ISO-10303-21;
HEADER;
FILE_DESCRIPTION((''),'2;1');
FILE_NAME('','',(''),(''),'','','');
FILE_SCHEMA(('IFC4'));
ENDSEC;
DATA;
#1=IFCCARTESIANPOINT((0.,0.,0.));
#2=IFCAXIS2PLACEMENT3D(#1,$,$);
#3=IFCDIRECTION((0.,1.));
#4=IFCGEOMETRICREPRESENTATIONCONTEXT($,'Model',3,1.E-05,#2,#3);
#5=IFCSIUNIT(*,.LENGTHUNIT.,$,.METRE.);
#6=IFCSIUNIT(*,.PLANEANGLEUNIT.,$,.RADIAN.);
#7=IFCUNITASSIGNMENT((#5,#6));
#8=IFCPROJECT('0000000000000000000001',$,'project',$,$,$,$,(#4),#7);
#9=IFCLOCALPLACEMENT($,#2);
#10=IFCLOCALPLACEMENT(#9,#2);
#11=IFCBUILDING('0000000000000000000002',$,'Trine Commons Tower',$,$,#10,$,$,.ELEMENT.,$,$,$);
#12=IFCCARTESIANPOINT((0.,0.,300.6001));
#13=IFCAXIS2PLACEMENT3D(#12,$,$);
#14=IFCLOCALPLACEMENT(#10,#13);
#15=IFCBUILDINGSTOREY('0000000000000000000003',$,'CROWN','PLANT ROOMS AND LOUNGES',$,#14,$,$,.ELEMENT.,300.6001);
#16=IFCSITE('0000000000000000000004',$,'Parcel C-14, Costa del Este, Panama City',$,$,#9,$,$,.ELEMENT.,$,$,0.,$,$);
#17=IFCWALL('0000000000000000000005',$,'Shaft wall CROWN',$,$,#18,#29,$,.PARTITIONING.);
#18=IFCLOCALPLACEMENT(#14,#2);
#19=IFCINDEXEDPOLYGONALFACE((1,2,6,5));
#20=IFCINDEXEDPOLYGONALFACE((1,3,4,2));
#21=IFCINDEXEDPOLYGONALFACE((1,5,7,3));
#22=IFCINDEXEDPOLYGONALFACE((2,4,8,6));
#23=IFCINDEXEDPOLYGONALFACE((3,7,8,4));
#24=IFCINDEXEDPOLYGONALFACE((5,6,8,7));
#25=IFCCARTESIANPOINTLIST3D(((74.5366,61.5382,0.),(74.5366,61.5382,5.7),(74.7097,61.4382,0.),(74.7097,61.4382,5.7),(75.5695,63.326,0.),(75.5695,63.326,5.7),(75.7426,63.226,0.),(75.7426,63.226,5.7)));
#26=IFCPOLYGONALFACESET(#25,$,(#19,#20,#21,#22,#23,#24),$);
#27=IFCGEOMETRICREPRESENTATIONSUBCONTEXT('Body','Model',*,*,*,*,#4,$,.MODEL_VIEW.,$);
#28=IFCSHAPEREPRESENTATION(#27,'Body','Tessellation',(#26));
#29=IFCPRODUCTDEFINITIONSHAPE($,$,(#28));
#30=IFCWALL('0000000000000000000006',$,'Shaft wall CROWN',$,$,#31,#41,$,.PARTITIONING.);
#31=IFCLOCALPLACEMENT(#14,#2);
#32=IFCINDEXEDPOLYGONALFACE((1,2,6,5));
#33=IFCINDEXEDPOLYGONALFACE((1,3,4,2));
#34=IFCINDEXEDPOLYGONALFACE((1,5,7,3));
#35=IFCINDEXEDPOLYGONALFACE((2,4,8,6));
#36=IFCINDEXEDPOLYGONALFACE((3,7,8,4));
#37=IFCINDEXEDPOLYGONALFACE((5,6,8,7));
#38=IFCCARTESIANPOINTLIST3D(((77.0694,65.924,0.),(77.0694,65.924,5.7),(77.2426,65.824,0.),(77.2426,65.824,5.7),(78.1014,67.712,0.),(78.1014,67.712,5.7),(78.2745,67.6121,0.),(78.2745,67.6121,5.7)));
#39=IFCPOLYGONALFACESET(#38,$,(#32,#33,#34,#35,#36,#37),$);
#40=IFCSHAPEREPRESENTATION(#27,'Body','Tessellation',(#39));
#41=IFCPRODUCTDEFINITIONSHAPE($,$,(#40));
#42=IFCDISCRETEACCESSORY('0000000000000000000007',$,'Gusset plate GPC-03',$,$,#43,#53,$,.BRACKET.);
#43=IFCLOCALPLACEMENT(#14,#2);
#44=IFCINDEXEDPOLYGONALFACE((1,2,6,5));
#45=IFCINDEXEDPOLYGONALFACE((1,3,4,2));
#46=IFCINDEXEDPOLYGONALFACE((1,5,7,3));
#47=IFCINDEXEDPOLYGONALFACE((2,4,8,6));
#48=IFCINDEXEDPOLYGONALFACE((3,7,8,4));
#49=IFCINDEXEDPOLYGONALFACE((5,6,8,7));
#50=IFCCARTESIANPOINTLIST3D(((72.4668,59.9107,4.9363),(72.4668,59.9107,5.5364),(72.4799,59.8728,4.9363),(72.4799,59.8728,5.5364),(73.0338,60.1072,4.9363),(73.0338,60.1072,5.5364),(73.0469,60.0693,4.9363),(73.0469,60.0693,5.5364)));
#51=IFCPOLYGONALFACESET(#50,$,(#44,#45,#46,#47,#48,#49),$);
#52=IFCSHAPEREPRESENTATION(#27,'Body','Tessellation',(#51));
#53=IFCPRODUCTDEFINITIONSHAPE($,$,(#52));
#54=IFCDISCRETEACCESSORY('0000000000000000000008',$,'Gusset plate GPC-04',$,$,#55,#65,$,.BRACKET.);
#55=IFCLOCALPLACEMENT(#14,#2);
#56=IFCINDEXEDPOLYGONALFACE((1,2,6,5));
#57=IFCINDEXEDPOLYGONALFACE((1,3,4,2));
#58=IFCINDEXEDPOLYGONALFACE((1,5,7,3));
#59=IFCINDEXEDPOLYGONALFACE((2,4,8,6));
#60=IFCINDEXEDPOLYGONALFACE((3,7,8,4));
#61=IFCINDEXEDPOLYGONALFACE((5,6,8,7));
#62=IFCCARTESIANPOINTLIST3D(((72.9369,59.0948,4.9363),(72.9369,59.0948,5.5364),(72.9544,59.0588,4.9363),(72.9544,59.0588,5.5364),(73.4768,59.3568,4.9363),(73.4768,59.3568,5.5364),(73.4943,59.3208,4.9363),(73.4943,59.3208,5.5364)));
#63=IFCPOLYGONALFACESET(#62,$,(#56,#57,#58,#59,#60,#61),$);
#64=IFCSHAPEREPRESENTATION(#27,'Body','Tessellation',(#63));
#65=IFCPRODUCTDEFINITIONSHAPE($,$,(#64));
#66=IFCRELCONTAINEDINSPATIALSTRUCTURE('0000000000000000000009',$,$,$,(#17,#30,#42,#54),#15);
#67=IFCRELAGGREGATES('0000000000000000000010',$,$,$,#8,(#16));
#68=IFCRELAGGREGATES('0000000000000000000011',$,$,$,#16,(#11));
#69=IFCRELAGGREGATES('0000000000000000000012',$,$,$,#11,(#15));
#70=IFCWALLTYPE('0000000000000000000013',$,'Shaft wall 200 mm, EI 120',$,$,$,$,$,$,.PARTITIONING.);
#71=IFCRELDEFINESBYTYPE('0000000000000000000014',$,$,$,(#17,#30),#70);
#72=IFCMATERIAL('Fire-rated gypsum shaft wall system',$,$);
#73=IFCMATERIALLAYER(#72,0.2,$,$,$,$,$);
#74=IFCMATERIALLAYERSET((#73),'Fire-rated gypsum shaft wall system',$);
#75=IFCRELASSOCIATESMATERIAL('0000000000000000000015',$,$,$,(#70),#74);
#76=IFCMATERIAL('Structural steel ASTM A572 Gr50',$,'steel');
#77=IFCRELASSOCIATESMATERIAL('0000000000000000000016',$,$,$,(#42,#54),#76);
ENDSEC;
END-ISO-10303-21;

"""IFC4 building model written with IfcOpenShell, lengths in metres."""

from ifc_helpers import new_model, si_unit, direction, frame, frame_2d, origin, origin_2d, place, context, subcontext, project, spatial, rectangle, extrude, material, layer, layer_set, type_object, element, save


model = new_model("IFC4")

# Units and contexts
model_context = context("Model", 3, precision=1e-05, world=origin(), true_north=direction((0.0, 1.0)))
body_context = subcontext(model_context, "Body", "Model", "MODEL_VIEW")
ifc_project = project(units=[si_unit("LENGTHUNIT", "METRE"), si_unit("PLANEANGLEUNIT", "RADIAN")], contexts=[model_context])

# Site, building, storey
site_placement = place(None, origin())
site = spatial("IfcSite", under=ifc_project, at=site_placement, Name="Parcel C-14, Costa del Este, Panama City", CompositionType="ELEMENT", RefElevation=0.0)
building_placement = place(site_placement, origin())
building = spatial("IfcBuilding", under=site, at=building_placement, Name="Trine Commons Tower", CompositionType="ELEMENT")
storey_placement = place(building_placement, frame((0.0, 0.0, 300.6001)))
storey = spatial("IfcBuildingStorey", under=building, at=storey_placement, Name="CROWN", Description="PLANT ROOMS AND LOUNGES", CompositionType="ELEMENT", Elevation=300.6001)

# Shared definitions
ifc_material_1 = material(Name="Fire-rated gypsum shaft wall system")

# Walls
ifc_layer_1 = layer(ifc_material_1, 0.2)
ifc_layer_set_1 = layer_set([ifc_layer_1], Name="Fire-rated gypsum shaft wall system")
wall_type_1 = type_object("IfcWallType", Name="Shaft wall 200 mm, EI 120", PredefinedType="PARTITIONING", material=ifc_layer_set_1)
wall_1_placement = place(storey_placement, frame((75.656, 63.2759, 0.0), z_axis=(0.0, 0.0, 1.0), x_axis=(-0.500272, -0.865868, 0.0)))
element("IfcWall", 1, at=wall_1_placement, inside=storey, type_object=wall_type_1, Name="Shaft wall CROWN", PredefinedType="PARTITIONING", context=body_context, shape_type="SweptSolid", body=[
    extrude(rectangle(XDim=2.0647, YDim=0.2, at=frame_2d((1.0322, 0.0))), origin(), (0.0, 0.0, 1.0), 5.7),
])
wall_2_placement = place(storey_placement, frame((77.156, 65.874, 0.0), z_axis=(0.0, 0.0, 1.0), x_axis=(0.499866, 0.866103, 0.0)))
element("IfcWall", 2, at=wall_2_placement, inside=storey, type_object=wall_type_1, Name="Shaft wall CROWN", PredefinedType="PARTITIONING", context=body_context, shape_type="SweptSolid", body=[
    extrude(rectangle(XDim=2.0645, YDim=0.2, at=frame_2d((1.0322, 0.0))), origin(), (0.0, 0.0, 1.0), 5.7),
])

# Discrete accessories
ifc_material_2 = material(Name="Structural steel ASTM A572 Gr50", Category="steel")
for number, where, z_axis, x_axis, name in (
    (3, (72.7568, 59.99, 4.9363), (0.0, 0.0, 1.0), (-0.944872, -0.327441, 0.0), "Gusset plate GPC-03"),
    (4, (73.2156, 59.2078, 4.9363), (0.0, 0.0, 1.0), (-0.899662, -0.436587, 0.0), "Gusset plate GPC-04"),
):
    element("IfcDiscreteAccessory", number, at=place(storey_placement, frame(where, z_axis=z_axis, x_axis=x_axis)), inside=storey, material=ifc_material_2, Name=name, PredefinedType="BRACKET", context=body_context, shape_type="SweptSolid", body=[
        extrude(rectangle(XDim=0.6001, YDim=0.04, at=origin_2d()), origin(), (0.0, 0.0, 1.0), 0.6001),
    ])

save(model, "model.ifc")
